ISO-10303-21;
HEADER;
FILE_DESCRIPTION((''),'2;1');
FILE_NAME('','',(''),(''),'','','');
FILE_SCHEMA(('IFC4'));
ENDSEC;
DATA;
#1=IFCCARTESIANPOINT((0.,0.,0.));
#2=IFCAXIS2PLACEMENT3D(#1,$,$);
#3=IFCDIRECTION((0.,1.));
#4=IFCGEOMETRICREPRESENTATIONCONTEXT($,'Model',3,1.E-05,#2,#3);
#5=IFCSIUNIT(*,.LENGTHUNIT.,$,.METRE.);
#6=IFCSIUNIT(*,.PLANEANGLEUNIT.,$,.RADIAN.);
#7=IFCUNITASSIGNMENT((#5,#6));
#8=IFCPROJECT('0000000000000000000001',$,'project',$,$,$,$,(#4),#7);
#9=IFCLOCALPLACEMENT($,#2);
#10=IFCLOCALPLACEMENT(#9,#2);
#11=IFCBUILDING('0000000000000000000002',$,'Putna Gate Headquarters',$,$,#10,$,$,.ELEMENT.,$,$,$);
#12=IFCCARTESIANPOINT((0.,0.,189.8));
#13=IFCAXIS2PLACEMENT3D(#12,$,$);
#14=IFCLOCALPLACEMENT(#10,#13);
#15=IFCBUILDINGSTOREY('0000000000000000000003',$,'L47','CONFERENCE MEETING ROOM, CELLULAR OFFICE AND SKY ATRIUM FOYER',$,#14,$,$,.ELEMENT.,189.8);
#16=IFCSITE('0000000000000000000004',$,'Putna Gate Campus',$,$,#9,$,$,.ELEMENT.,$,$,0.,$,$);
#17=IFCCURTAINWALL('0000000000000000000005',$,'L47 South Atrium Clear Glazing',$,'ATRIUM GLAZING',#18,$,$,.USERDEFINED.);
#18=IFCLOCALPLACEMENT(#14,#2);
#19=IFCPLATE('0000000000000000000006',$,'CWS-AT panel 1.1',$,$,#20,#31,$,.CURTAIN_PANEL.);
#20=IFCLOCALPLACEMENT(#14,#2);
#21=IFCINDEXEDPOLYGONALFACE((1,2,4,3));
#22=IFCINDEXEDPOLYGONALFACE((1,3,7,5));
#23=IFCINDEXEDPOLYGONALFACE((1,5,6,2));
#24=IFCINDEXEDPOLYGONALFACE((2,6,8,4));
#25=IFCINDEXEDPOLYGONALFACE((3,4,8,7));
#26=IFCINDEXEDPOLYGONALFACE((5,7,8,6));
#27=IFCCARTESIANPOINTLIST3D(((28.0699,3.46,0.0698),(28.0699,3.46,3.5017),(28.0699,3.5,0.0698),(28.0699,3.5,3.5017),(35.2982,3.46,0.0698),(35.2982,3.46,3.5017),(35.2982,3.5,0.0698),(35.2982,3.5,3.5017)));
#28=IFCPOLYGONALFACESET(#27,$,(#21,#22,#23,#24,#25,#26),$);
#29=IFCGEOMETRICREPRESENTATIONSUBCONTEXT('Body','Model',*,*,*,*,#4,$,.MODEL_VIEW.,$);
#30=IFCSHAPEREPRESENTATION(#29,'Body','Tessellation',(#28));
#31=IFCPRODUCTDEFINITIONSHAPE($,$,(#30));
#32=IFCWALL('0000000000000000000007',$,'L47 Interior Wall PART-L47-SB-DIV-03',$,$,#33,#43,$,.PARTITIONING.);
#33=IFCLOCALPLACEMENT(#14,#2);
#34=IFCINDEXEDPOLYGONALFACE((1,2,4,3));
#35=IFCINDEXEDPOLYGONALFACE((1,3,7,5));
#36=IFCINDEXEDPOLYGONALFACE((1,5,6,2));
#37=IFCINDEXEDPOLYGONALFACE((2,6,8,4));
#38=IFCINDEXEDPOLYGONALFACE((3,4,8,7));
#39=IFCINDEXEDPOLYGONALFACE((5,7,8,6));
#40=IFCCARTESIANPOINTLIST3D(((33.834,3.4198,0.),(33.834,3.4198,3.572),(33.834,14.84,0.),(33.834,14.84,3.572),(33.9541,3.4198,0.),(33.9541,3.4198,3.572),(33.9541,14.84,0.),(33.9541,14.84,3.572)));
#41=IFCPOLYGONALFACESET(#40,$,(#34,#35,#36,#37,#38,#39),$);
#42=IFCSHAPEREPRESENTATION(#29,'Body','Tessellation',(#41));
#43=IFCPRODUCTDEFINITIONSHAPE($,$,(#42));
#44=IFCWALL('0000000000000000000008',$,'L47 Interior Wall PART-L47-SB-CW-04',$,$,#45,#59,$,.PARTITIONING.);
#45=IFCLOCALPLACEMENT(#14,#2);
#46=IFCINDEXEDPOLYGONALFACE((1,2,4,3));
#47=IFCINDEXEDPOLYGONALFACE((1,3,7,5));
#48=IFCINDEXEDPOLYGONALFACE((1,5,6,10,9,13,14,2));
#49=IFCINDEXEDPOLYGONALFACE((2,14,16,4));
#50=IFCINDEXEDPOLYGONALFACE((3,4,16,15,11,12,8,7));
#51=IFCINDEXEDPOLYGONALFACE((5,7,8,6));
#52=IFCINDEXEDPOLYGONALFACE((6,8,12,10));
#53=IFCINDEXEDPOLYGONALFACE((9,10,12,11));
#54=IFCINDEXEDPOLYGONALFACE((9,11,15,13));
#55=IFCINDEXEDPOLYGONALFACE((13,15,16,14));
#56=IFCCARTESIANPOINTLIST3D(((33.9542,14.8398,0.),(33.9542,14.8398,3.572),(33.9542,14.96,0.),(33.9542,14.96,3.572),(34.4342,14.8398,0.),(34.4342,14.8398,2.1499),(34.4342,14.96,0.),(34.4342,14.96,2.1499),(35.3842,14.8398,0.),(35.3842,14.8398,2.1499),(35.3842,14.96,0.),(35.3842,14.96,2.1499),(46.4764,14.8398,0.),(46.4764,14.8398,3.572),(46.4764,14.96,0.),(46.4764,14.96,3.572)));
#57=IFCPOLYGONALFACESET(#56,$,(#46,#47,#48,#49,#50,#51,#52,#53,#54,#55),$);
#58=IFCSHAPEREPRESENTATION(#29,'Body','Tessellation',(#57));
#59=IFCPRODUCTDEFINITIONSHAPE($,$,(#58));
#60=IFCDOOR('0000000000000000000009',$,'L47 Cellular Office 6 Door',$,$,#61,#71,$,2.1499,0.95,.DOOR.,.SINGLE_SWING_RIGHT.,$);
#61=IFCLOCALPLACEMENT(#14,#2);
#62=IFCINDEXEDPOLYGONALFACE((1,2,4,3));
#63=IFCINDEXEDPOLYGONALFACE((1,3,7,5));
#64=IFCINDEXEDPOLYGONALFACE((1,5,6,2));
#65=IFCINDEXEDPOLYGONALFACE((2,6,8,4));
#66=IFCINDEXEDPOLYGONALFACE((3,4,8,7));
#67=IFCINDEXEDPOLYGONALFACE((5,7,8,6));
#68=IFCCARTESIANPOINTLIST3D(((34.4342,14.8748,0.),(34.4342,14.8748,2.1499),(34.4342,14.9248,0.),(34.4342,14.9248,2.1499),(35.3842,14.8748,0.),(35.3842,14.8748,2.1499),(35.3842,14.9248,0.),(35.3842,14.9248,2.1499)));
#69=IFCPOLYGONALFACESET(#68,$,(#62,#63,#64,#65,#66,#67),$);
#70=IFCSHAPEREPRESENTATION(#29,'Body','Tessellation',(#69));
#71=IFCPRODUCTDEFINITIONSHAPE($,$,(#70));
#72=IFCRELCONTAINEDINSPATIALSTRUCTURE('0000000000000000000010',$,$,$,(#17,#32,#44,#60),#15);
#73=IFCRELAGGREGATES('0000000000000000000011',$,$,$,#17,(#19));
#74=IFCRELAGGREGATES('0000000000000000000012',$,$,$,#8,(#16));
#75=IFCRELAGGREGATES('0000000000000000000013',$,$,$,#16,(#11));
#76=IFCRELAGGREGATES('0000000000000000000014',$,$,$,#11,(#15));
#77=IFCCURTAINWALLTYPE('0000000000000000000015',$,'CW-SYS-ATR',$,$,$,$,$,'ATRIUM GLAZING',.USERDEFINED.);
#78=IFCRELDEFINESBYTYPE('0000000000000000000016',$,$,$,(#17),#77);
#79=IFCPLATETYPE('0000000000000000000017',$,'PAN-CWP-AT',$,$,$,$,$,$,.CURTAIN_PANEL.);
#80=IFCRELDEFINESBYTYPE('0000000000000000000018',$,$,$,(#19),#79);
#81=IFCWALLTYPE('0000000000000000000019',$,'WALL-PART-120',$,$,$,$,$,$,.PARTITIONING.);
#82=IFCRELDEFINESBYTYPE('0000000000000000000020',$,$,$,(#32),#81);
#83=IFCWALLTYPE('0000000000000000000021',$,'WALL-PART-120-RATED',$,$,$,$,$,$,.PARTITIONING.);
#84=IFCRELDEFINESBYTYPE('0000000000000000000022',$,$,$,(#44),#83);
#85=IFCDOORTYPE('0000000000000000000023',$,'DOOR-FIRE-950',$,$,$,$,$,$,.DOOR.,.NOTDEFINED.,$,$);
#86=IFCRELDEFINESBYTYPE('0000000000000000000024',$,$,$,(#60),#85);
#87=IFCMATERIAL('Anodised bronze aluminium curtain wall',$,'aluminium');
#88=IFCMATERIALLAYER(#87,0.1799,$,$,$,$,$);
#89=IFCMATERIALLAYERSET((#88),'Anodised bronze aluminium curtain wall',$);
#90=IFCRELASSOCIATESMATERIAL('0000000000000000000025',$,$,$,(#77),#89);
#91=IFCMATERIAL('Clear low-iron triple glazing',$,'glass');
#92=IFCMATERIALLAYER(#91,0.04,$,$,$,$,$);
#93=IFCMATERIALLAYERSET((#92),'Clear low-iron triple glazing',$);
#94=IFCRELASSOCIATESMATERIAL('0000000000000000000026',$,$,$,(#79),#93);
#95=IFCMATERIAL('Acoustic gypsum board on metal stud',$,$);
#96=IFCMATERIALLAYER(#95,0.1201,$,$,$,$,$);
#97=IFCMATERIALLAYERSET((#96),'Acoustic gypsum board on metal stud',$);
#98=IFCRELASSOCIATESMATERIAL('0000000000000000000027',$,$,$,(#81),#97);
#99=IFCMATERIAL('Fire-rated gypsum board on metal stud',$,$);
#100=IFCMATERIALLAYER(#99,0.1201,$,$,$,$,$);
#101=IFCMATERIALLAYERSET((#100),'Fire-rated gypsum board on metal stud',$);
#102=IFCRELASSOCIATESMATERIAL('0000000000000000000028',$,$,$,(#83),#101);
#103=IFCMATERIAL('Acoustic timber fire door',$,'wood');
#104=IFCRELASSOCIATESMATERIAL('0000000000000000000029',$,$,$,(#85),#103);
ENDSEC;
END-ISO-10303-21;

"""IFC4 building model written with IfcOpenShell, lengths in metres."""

from ifc_helpers import new_model, si_unit, direction, frame, frame_2d, origin, origin_2d, place, context, subcontext, project, spatial, rectangle, extrude, material, layer, layer_set, type_object, element, fill, aggregate, save


model = new_model("IFC4")

# Units and contexts
model_context = context("Model", 3, precision=1e-05, world=origin(), true_north=direction((0.0, 1.0)))
body_context = subcontext(model_context, "Body", "Model", "MODEL_VIEW")
ifc_project = project(units=[si_unit("LENGTHUNIT", "METRE"), si_unit("PLANEANGLEUNIT", "RADIAN")], contexts=[model_context])

# Site, building, storey
site_placement = place(None, origin())
site = spatial("IfcSite", under=ifc_project, at=site_placement, Name="Putna Gate Campus", CompositionType="ELEMENT", RefElevation=0.0)
building_placement = place(site_placement, origin())
building = spatial("IfcBuilding", under=site, at=building_placement, Name="Putna Gate Headquarters", CompositionType="ELEMENT")
storey_placement = place(building_placement, frame((0.0, 0.0, 189.8)))
storey = spatial("IfcBuildingStorey", under=building, at=storey_placement, Name="L47", Description="CONFERENCE MEETING ROOM, CELLULAR OFFICE AND SKY ATRIUM FOYER", CompositionType="ELEMENT", Elevation=189.8)

# Shared definitions
ifc_material_1 = material(Name="Anodised bronze aluminium curtain wall", Category="aluminium")

# Curtain wall, plate
ifc_layer_1 = layer(ifc_material_1, 0.1799)
ifc_layer_set_1 = layer_set([ifc_layer_1], Name="Anodised bronze aluminium curtain wall")
curtain_wall_type_1 = type_object("IfcCurtainWallType", Name="CW-SYS-ATR", ElementType="ATRIUM GLAZING", PredefinedType="USERDEFINED", material=ifc_layer_set_1)
curtain_wall_1_placement = place(storey_placement, origin())
curtain_wall_1 = element("IfcCurtainWall", 1, at=curtain_wall_1_placement, inside=storey, type_object=curtain_wall_type_1, Name="L47 South Atrium Clear Glazing", ObjectType="ATRIUM GLAZING", PredefinedType="USERDEFINED")
ifc_material_2 = material(Name="Clear low-iron triple glazing", Category="glass")
ifc_layer_2 = layer(ifc_material_2, 0.04)
ifc_layer_set_2 = layer_set([ifc_layer_2], Name="Clear low-iron triple glazing")
plate_type = type_object("IfcPlateType", Name="PAN-CWP-AT", PredefinedType="CURTAIN_PANEL", material=ifc_layer_set_2)
plate_placement = place(storey_placement, frame((31.6841, 3.48, 0.0698), z_axis=(0.0, 0.0, 1.0), x_axis=(1.0, 0.0, 0.0)))
plate = element("IfcPlate", 2, at=plate_placement, type_object=plate_type, Name="CWS-AT panel 1.1", PredefinedType="CURTAIN_PANEL", context=body_context, shape_type="SweptSolid", body=[
    extrude(rectangle(XDim=7.2283, YDim=0.04, at=origin_2d()), origin(), (0.0, 0.0, 1.0), 3.4319),
])
aggregate(curtain_wall_1, [plate])

# Wall
ifc_material_3 = material(Name="Acoustic gypsum board on metal stud")
ifc_layer_3 = layer(ifc_material_3, 0.1201)
ifc_layer_set_3 = layer_set([ifc_layer_3], Name="Acoustic gypsum board on metal stud")
wall_type_1 = type_object("IfcWallType", Name="WALL-PART-120", PredefinedType="PARTITIONING", material=ifc_layer_set_3)
wall_1_placement = place(storey_placement, frame((33.894, 3.4199, 0.0), z_axis=(0.0, 0.0, 1.0), x_axis=(0.0, 1.0, 0.0)))
element("IfcWall", 3, at=wall_1_placement, inside=storey, type_object=wall_type_1, Name="L47 Interior Wall PART-L47-SB-DIV-03", PredefinedType="PARTITIONING", context=body_context, shape_type="SweptSolid", body=[
    extrude(rectangle(XDim=11.4202, YDim=0.1201, at=frame_2d((5.71, 0.0))), origin(), (0.0, 0.0, 1.0), 3.572),
])

# Wall, opening, door
ifc_material_4 = material(Name="Fire-rated gypsum board on metal stud")
ifc_layer_4 = layer(ifc_material_4, 0.1201)
ifc_layer_set_4 = layer_set([ifc_layer_4], Name="Fire-rated gypsum board on metal stud")
wall_type_2 = type_object("IfcWallType", Name="WALL-PART-120-RATED", PredefinedType="PARTITIONING", material=ifc_layer_set_4)
wall_2_placement = place(storey_placement, frame((33.9541, 14.8999, 0.0), z_axis=(0.0, 0.0, 1.0), x_axis=(1.0, 0.0, 0.0)))
wall_2 = element("IfcWall", 4, at=wall_2_placement, inside=storey, type_object=wall_type_2, Name="L47 Interior Wall PART-L47-SB-CW-04", PredefinedType="PARTITIONING", context=body_context, shape_type="SweptSolid", body=[
    extrude(rectangle(XDim=12.5222, YDim=0.1201, at=frame_2d((6.2612, 0.0))), origin(), (0.0, 0.0, 1.0), 3.572),
])
opening_placement = place(wall_2_placement, frame((0.48, 0.0, 0.0)))
opening = element("IfcOpeningElement", 5, at=opening_placement, cuts=wall_2, PredefinedType="OPENING", context=body_context, shape_type="SweptSolid", body=[
    extrude(rectangle(XDim=0.95, YDim=2.1499, at=frame_2d((0.4751, 1.075))), frame((0.0, 0.0701, 0.0), z_axis=(0.0, -1.0, 0.0), x_axis=(1.0, 0.0, 0.0)), (0.0, 0.0, 1.0), 0.1401),
])
ifc_material_5 = material(Name="Acoustic timber fire door", Category="wood")
door_type = type_object("IfcDoorType", Name="DOOR-FIRE-950", OperationType="NOTDEFINED", PredefinedType="DOOR", material=ifc_material_5)
door_placement = place(opening_placement, origin())
door = element("IfcDoor", 6, at=door_placement, inside=storey, type_object=door_type, Name="L47 Cellular Office 6 Door", OperationType="SINGLE_SWING_RIGHT", OverallHeight=2.1499, OverallWidth=0.95, PredefinedType="DOOR", context=body_context, shape_type="SweptSolid", body=[
    extrude(rectangle(XDim=0.95, YDim=2.1499, at=frame_2d((0.4751, 1.075))), frame((0.0, 0.0249, 0.0), z_axis=(0.0, -1.0, 0.0), x_axis=(1.0, 0.0, 0.0)), (0.0, 0.0, 1.0), 0.05),
])
fill(opening, door)

save(model, "model.ifc")
